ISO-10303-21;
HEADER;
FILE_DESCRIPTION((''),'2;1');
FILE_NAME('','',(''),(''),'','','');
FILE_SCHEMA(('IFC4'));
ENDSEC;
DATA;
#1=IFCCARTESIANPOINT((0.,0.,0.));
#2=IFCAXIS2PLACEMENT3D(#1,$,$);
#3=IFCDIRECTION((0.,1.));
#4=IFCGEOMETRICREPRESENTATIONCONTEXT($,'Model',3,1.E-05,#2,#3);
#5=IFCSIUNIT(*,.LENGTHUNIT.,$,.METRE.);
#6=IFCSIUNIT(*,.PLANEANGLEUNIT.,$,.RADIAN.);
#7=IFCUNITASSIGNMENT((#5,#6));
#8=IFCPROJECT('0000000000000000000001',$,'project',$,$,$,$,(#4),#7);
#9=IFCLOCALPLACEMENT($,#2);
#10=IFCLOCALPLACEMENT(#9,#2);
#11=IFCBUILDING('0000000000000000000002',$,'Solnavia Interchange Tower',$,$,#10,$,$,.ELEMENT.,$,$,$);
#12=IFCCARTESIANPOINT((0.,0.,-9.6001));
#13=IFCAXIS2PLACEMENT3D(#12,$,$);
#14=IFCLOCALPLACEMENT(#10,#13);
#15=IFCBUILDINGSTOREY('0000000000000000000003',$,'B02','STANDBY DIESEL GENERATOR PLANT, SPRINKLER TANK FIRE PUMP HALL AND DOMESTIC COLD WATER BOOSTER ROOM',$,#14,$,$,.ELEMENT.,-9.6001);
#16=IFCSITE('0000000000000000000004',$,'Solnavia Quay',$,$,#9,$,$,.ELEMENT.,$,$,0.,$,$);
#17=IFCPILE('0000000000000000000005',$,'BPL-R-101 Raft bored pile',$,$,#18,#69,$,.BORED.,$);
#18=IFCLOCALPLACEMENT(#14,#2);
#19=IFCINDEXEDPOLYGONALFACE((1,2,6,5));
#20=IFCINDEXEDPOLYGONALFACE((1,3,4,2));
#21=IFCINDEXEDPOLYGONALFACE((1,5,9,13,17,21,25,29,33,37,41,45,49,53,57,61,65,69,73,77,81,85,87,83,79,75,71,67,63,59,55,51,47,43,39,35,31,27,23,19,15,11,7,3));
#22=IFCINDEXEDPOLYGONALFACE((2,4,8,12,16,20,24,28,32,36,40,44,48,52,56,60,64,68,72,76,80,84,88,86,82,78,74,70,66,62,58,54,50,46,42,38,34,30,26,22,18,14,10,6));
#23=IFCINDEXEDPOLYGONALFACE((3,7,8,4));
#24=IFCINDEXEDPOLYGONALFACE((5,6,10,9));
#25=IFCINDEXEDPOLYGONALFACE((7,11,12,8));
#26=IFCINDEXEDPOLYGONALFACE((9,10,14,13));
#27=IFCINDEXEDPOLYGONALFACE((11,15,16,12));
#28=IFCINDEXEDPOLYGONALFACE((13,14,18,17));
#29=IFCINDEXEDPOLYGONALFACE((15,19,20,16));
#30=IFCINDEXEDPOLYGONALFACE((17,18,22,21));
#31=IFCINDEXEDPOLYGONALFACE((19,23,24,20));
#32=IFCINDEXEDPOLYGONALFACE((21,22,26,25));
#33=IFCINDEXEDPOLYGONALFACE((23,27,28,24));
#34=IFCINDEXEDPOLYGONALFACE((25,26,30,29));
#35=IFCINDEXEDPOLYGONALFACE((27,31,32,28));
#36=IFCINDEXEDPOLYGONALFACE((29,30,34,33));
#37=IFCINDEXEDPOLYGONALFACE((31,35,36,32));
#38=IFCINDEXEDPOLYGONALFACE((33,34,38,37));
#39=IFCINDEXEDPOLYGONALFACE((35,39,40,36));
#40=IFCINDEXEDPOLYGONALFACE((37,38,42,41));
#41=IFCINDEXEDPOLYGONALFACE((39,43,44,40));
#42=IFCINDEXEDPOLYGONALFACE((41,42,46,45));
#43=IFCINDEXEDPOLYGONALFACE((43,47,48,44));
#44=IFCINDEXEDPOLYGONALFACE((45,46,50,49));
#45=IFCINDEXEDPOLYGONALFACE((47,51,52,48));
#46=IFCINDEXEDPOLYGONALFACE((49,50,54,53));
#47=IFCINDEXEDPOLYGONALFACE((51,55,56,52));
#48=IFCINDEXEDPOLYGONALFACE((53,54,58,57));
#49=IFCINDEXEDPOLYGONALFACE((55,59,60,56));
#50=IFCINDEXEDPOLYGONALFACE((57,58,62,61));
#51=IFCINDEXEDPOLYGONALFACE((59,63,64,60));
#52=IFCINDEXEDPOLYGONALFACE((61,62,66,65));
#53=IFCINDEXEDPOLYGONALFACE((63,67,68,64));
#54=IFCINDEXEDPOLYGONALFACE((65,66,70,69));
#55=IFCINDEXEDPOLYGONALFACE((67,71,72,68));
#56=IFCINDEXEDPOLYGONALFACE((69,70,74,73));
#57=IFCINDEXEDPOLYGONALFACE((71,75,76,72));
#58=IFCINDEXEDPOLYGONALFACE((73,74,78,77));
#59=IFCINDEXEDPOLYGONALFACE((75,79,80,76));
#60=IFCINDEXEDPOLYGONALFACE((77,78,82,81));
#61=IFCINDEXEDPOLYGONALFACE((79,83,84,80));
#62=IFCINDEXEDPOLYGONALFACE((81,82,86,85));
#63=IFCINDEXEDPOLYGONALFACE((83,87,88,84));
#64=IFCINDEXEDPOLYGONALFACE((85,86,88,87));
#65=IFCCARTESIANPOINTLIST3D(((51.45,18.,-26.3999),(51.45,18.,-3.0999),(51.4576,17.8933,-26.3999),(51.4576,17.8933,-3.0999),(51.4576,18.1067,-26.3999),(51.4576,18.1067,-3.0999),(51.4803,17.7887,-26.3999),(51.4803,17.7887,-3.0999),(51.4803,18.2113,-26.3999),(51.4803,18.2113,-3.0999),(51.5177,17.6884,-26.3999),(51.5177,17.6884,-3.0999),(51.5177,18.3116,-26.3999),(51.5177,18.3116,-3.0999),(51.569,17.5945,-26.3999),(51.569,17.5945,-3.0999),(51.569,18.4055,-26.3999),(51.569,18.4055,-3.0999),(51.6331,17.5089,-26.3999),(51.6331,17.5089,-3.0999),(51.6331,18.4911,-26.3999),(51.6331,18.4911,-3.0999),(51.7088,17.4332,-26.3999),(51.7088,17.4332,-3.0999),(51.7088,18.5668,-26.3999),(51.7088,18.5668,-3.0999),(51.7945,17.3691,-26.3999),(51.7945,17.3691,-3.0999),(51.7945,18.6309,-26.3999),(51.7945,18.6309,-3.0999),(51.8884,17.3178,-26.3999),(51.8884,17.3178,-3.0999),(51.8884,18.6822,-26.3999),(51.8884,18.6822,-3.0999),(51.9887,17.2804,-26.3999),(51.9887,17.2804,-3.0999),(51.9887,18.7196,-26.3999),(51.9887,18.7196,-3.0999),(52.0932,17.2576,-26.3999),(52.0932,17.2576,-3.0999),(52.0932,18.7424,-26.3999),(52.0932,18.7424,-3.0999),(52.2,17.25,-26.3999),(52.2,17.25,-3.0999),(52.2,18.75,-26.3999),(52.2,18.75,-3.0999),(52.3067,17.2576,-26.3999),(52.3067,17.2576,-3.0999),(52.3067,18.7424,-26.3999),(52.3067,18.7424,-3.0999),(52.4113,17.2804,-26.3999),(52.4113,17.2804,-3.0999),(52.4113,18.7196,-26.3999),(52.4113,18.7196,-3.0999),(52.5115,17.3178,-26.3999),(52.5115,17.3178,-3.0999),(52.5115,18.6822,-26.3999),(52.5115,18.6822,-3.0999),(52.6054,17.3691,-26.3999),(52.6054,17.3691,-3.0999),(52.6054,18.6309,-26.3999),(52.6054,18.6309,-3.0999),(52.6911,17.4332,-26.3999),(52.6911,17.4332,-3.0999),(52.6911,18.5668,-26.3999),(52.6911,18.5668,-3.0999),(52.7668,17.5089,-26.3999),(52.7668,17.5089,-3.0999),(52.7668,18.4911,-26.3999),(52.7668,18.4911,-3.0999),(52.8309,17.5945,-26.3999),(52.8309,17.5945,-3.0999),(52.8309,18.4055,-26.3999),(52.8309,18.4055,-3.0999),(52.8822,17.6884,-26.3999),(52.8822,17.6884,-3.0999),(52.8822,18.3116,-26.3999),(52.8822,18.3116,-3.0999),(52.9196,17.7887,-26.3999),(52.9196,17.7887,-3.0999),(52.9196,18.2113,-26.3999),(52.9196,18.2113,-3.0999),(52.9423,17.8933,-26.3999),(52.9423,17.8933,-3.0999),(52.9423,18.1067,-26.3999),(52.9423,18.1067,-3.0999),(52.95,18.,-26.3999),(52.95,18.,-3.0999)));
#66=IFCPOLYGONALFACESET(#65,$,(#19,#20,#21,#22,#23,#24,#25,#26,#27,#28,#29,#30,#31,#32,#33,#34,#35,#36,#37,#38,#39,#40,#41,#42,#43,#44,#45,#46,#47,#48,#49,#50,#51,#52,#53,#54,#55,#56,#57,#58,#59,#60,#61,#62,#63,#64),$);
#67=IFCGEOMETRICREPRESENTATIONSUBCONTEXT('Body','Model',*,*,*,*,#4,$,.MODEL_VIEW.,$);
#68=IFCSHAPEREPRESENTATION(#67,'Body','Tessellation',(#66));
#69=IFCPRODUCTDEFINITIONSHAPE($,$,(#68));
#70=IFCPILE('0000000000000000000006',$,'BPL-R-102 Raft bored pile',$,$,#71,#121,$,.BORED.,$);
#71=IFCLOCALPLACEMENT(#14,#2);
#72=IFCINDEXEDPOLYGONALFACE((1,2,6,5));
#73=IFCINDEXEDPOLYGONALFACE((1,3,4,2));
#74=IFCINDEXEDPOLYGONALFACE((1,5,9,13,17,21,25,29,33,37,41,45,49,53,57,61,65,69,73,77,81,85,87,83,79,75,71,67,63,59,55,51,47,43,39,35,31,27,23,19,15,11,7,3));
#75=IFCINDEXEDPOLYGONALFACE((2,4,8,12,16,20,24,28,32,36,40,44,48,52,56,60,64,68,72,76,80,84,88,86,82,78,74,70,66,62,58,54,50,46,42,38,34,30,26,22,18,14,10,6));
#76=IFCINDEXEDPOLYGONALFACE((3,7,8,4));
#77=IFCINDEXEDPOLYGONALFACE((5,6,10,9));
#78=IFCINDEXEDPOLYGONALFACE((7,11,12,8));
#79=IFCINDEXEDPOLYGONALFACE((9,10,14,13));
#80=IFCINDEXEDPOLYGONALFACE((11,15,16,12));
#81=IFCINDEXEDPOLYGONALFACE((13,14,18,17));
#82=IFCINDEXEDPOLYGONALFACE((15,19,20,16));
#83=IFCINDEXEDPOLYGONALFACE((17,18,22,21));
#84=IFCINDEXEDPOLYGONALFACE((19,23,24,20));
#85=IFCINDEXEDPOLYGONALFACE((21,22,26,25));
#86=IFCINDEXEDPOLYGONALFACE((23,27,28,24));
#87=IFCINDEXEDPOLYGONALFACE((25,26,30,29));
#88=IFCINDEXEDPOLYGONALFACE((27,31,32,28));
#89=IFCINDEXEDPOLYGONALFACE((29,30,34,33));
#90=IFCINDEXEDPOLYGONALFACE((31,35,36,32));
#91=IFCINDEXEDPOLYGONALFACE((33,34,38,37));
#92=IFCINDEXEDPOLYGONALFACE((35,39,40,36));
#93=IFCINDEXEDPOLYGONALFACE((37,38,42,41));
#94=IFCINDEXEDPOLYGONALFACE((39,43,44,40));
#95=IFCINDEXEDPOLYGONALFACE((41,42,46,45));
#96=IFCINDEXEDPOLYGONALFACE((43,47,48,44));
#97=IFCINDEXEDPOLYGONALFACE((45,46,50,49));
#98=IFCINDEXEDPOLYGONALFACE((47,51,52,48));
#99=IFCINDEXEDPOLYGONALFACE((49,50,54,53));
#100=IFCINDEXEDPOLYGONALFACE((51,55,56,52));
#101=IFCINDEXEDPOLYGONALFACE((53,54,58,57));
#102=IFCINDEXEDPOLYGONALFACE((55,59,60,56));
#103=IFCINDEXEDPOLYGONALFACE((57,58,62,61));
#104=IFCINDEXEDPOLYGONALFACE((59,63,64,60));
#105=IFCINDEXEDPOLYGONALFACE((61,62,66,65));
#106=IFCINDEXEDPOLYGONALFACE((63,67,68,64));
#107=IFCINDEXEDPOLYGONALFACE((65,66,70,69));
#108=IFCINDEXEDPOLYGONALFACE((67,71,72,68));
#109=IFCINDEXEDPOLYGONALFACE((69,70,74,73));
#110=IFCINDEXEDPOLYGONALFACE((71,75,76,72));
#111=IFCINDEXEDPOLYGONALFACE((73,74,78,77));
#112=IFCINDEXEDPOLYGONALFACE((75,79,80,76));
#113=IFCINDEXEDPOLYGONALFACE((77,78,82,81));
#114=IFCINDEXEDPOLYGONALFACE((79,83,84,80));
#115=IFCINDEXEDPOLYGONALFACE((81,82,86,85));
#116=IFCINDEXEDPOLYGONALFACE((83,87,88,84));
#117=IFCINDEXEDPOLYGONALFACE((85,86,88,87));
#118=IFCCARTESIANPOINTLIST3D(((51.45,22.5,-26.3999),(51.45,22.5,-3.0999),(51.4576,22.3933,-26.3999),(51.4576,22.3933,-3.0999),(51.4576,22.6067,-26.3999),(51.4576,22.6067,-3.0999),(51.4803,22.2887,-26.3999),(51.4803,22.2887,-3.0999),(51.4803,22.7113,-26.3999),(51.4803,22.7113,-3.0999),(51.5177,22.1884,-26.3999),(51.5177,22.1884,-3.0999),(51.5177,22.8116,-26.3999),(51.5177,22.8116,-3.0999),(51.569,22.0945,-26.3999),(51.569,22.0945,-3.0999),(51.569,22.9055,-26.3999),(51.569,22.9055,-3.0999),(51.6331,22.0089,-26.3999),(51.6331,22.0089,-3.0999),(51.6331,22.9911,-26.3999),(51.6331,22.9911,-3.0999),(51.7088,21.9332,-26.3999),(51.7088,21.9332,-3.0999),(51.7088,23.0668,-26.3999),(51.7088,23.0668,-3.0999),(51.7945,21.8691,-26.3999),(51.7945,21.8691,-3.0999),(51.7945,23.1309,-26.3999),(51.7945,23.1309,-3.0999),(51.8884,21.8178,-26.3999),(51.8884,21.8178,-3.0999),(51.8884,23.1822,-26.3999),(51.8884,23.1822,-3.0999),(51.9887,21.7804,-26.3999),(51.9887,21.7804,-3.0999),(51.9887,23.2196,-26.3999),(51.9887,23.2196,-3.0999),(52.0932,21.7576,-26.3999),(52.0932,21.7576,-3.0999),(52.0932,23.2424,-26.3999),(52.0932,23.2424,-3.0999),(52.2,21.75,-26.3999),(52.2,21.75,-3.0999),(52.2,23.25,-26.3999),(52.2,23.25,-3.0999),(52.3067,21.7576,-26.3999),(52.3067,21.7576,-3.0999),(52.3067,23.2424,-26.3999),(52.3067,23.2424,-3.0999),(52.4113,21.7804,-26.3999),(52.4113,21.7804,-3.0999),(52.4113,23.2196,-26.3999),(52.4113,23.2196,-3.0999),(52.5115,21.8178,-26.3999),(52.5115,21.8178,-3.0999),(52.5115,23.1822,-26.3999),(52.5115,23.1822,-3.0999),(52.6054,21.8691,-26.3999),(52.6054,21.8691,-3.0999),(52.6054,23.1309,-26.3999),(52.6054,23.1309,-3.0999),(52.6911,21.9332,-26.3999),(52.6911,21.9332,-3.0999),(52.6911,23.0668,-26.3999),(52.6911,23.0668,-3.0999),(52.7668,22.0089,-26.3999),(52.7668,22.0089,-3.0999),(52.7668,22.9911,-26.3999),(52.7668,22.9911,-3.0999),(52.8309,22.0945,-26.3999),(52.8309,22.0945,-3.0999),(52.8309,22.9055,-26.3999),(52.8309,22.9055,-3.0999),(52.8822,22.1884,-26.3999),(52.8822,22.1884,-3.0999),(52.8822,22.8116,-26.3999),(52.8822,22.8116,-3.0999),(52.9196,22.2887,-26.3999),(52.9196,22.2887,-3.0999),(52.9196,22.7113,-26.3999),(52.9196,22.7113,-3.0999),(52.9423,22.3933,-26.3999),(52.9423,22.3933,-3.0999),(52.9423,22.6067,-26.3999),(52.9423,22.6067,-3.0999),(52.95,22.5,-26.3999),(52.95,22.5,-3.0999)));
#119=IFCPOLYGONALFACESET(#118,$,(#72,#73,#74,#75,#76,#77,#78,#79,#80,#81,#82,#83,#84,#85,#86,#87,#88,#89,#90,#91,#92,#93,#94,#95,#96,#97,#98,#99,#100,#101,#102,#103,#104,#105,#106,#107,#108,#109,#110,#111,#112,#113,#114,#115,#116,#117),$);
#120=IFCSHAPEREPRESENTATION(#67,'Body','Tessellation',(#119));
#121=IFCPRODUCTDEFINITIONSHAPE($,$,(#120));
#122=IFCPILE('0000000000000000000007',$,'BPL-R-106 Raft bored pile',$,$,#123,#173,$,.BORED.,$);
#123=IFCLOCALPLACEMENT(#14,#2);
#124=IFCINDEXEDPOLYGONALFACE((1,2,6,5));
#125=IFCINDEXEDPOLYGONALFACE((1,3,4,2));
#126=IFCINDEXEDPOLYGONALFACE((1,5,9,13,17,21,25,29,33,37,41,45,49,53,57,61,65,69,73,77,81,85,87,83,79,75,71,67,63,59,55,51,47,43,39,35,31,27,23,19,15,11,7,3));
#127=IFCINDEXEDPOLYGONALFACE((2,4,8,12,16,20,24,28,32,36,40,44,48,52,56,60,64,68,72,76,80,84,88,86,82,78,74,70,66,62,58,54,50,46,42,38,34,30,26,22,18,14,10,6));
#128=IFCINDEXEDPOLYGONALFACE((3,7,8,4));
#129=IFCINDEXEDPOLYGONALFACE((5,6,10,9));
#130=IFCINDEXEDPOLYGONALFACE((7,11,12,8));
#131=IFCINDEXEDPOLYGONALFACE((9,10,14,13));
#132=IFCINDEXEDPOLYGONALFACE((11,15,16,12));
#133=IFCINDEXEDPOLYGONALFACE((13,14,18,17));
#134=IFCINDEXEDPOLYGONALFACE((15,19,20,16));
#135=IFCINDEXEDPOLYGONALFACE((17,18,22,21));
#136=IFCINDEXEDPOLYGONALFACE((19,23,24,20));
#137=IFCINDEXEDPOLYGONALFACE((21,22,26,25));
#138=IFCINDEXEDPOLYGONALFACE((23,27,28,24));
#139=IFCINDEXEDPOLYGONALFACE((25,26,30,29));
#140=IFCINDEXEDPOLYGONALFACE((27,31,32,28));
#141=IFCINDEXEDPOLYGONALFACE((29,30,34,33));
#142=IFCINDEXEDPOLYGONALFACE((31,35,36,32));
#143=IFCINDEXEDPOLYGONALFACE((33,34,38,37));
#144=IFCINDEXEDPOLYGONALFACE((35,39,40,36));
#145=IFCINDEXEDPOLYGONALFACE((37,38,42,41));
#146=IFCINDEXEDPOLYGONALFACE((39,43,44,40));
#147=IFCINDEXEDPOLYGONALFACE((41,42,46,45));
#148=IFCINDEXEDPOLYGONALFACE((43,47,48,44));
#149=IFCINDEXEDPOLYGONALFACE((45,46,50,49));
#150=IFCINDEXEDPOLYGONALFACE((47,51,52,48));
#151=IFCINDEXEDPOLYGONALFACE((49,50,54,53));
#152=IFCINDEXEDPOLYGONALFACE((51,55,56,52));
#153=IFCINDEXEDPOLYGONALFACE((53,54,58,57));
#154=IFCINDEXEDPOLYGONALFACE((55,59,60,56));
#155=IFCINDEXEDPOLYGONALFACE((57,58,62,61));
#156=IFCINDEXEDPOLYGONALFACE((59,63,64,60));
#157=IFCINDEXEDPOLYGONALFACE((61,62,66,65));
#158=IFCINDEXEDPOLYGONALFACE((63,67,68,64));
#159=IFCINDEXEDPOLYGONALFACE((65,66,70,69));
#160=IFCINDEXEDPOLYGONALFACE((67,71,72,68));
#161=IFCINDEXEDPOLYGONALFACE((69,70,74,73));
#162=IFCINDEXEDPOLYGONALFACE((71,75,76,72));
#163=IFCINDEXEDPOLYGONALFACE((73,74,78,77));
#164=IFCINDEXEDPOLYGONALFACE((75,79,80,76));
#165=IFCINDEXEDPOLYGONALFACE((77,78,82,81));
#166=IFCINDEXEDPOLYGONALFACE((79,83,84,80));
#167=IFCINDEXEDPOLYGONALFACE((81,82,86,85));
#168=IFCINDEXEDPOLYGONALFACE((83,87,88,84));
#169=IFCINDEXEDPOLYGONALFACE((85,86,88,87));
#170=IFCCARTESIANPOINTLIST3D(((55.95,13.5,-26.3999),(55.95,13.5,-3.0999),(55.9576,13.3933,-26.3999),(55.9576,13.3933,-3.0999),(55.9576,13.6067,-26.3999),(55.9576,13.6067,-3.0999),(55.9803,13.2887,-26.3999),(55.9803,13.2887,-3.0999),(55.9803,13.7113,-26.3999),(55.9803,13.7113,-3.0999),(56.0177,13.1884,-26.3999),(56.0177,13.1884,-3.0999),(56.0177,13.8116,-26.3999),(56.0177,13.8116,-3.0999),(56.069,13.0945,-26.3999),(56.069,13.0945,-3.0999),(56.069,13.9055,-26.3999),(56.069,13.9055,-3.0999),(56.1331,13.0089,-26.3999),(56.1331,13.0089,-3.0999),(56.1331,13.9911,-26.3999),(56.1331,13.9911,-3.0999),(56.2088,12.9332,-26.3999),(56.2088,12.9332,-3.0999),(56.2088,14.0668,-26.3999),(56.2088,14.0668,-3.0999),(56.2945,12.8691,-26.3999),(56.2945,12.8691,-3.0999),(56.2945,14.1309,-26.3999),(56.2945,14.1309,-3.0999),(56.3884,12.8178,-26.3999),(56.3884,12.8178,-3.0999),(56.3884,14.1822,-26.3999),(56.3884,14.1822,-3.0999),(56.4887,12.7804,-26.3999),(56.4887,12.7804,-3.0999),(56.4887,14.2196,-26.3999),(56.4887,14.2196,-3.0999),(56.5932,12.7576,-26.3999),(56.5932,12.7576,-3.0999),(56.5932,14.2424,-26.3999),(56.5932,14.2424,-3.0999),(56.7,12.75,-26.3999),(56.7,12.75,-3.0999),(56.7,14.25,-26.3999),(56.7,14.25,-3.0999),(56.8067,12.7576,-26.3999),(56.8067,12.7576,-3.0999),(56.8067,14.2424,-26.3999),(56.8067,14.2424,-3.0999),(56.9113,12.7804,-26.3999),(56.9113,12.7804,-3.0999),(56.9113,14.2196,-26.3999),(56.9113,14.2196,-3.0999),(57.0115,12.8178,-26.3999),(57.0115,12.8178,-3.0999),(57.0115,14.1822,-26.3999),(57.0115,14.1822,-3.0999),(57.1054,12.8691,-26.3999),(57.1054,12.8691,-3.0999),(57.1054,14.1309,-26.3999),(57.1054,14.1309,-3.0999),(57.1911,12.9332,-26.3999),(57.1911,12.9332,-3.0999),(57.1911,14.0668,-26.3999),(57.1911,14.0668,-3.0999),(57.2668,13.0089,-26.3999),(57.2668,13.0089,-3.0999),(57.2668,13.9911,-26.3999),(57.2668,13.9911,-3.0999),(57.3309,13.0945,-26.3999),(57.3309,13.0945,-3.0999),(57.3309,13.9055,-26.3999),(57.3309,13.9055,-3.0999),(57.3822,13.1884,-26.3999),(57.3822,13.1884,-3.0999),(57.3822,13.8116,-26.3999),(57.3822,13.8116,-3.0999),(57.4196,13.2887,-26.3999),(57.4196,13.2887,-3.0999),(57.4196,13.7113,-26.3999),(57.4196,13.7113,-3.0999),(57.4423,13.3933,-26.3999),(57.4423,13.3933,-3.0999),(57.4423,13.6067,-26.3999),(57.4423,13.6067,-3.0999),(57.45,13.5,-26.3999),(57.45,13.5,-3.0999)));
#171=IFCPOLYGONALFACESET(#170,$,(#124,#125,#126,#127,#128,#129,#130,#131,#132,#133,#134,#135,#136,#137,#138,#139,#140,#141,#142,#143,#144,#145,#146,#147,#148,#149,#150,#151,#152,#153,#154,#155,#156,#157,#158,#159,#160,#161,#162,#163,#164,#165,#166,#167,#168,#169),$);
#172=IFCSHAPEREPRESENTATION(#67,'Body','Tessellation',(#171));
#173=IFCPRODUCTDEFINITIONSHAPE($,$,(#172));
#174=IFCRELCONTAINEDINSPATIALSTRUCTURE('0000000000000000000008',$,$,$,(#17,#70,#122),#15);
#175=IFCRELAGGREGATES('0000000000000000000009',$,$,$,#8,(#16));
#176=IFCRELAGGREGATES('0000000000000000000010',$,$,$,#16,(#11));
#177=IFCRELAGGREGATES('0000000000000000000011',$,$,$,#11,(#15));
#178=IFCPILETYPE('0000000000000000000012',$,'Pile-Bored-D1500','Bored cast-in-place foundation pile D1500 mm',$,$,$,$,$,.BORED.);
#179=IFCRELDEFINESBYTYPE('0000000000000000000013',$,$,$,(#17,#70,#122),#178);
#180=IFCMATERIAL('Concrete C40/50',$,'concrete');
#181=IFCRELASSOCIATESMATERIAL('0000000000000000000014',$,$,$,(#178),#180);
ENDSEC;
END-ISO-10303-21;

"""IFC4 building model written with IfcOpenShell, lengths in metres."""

from ifc_helpers import new_model, si_unit, direction, frame, origin, origin_2d, place, context, subcontext, project, spatial, circle, extrude, material, material_profile, profile_set, type_object, element, save


model = new_model("IFC4")

# Units and contexts
model_context = context("Model", 3, precision=1e-05, world=origin(), true_north=direction((0.0, 1.0)))
body_context = subcontext(model_context, "Body", "Model", "MODEL_VIEW")
ifc_project = project(units=[si_unit("LENGTHUNIT", "METRE"), si_unit("PLANEANGLEUNIT", "RADIAN")], contexts=[model_context])

# Site, building, storey
site_placement = place(None, origin())
site = spatial("IfcSite", under=ifc_project, at=site_placement, Name="Solnavia Quay", CompositionType="ELEMENT", RefElevation=0.0)
building_placement = place(site_placement, origin())
building = spatial("IfcBuilding", under=site, at=building_placement, Name="Solnavia Interchange Tower", CompositionType="ELEMENT")
storey_placement = place(building_placement, frame((0.0, 0.0, -9.6001)))
storey = spatial("IfcBuildingStorey", under=building, at=storey_placement, Name="B02", Description="STANDBY DIESEL GENERATOR PLANT, SPRINKLER TANK FIRE PUMP HALL AND DOMESTIC COLD WATER BOOSTER ROOM", CompositionType="ELEMENT", Elevation=-9.6001)

# Shared definitions
ifc_material_1 = material(Name="Concrete C40/50", Category="concrete")

# Piles
ifc_material_profile_1 = material_profile(ifc_material_1, circle(Radius=0.75, at=origin_2d()), Name="PILE D1500")
ifc_profile_set_1 = profile_set([ifc_material_profile_1], Name="Concrete C40/50")
pile_type_1 = type_object("IfcPileType", Name="Pile-Bored-D1500", Description="Bored cast-in-place foundation pile D1500 mm", PredefinedType="BORED", material=ifc_profile_set_1)
for number, where, z_axis, x_axis, name in (
    (1, (52.2, 18.0, -3.0999), (0.0, 0.0, -1.0), (1.0, 0.0, 0.0), "BPL-R-101 Raft bored pile"),
    (2, (52.2, 22.5, -3.0999), (0.0, 0.0, -1.0), (1.0, 0.0, 0.0), "BPL-R-102 Raft bored pile"),
    (3, (56.7, 13.5, -3.0999), (0.0, 0.0, -1.0), (1.0, 0.0, 0.0), "BPL-R-106 Raft bored pile"),
):
    element("IfcPile", number, at=place(storey_placement, frame(where, z_axis=z_axis, x_axis=x_axis)), inside=storey, type_object=pile_type_1, Name=name, PredefinedType="BORED", context=body_context, shape_type="SweptSolid", body=[
        extrude(circle(Radius=0.75, at=origin_2d()), origin(), (0.0, 0.0, 1.0), 23.3),
    ])

save(model, "model.ifc")
